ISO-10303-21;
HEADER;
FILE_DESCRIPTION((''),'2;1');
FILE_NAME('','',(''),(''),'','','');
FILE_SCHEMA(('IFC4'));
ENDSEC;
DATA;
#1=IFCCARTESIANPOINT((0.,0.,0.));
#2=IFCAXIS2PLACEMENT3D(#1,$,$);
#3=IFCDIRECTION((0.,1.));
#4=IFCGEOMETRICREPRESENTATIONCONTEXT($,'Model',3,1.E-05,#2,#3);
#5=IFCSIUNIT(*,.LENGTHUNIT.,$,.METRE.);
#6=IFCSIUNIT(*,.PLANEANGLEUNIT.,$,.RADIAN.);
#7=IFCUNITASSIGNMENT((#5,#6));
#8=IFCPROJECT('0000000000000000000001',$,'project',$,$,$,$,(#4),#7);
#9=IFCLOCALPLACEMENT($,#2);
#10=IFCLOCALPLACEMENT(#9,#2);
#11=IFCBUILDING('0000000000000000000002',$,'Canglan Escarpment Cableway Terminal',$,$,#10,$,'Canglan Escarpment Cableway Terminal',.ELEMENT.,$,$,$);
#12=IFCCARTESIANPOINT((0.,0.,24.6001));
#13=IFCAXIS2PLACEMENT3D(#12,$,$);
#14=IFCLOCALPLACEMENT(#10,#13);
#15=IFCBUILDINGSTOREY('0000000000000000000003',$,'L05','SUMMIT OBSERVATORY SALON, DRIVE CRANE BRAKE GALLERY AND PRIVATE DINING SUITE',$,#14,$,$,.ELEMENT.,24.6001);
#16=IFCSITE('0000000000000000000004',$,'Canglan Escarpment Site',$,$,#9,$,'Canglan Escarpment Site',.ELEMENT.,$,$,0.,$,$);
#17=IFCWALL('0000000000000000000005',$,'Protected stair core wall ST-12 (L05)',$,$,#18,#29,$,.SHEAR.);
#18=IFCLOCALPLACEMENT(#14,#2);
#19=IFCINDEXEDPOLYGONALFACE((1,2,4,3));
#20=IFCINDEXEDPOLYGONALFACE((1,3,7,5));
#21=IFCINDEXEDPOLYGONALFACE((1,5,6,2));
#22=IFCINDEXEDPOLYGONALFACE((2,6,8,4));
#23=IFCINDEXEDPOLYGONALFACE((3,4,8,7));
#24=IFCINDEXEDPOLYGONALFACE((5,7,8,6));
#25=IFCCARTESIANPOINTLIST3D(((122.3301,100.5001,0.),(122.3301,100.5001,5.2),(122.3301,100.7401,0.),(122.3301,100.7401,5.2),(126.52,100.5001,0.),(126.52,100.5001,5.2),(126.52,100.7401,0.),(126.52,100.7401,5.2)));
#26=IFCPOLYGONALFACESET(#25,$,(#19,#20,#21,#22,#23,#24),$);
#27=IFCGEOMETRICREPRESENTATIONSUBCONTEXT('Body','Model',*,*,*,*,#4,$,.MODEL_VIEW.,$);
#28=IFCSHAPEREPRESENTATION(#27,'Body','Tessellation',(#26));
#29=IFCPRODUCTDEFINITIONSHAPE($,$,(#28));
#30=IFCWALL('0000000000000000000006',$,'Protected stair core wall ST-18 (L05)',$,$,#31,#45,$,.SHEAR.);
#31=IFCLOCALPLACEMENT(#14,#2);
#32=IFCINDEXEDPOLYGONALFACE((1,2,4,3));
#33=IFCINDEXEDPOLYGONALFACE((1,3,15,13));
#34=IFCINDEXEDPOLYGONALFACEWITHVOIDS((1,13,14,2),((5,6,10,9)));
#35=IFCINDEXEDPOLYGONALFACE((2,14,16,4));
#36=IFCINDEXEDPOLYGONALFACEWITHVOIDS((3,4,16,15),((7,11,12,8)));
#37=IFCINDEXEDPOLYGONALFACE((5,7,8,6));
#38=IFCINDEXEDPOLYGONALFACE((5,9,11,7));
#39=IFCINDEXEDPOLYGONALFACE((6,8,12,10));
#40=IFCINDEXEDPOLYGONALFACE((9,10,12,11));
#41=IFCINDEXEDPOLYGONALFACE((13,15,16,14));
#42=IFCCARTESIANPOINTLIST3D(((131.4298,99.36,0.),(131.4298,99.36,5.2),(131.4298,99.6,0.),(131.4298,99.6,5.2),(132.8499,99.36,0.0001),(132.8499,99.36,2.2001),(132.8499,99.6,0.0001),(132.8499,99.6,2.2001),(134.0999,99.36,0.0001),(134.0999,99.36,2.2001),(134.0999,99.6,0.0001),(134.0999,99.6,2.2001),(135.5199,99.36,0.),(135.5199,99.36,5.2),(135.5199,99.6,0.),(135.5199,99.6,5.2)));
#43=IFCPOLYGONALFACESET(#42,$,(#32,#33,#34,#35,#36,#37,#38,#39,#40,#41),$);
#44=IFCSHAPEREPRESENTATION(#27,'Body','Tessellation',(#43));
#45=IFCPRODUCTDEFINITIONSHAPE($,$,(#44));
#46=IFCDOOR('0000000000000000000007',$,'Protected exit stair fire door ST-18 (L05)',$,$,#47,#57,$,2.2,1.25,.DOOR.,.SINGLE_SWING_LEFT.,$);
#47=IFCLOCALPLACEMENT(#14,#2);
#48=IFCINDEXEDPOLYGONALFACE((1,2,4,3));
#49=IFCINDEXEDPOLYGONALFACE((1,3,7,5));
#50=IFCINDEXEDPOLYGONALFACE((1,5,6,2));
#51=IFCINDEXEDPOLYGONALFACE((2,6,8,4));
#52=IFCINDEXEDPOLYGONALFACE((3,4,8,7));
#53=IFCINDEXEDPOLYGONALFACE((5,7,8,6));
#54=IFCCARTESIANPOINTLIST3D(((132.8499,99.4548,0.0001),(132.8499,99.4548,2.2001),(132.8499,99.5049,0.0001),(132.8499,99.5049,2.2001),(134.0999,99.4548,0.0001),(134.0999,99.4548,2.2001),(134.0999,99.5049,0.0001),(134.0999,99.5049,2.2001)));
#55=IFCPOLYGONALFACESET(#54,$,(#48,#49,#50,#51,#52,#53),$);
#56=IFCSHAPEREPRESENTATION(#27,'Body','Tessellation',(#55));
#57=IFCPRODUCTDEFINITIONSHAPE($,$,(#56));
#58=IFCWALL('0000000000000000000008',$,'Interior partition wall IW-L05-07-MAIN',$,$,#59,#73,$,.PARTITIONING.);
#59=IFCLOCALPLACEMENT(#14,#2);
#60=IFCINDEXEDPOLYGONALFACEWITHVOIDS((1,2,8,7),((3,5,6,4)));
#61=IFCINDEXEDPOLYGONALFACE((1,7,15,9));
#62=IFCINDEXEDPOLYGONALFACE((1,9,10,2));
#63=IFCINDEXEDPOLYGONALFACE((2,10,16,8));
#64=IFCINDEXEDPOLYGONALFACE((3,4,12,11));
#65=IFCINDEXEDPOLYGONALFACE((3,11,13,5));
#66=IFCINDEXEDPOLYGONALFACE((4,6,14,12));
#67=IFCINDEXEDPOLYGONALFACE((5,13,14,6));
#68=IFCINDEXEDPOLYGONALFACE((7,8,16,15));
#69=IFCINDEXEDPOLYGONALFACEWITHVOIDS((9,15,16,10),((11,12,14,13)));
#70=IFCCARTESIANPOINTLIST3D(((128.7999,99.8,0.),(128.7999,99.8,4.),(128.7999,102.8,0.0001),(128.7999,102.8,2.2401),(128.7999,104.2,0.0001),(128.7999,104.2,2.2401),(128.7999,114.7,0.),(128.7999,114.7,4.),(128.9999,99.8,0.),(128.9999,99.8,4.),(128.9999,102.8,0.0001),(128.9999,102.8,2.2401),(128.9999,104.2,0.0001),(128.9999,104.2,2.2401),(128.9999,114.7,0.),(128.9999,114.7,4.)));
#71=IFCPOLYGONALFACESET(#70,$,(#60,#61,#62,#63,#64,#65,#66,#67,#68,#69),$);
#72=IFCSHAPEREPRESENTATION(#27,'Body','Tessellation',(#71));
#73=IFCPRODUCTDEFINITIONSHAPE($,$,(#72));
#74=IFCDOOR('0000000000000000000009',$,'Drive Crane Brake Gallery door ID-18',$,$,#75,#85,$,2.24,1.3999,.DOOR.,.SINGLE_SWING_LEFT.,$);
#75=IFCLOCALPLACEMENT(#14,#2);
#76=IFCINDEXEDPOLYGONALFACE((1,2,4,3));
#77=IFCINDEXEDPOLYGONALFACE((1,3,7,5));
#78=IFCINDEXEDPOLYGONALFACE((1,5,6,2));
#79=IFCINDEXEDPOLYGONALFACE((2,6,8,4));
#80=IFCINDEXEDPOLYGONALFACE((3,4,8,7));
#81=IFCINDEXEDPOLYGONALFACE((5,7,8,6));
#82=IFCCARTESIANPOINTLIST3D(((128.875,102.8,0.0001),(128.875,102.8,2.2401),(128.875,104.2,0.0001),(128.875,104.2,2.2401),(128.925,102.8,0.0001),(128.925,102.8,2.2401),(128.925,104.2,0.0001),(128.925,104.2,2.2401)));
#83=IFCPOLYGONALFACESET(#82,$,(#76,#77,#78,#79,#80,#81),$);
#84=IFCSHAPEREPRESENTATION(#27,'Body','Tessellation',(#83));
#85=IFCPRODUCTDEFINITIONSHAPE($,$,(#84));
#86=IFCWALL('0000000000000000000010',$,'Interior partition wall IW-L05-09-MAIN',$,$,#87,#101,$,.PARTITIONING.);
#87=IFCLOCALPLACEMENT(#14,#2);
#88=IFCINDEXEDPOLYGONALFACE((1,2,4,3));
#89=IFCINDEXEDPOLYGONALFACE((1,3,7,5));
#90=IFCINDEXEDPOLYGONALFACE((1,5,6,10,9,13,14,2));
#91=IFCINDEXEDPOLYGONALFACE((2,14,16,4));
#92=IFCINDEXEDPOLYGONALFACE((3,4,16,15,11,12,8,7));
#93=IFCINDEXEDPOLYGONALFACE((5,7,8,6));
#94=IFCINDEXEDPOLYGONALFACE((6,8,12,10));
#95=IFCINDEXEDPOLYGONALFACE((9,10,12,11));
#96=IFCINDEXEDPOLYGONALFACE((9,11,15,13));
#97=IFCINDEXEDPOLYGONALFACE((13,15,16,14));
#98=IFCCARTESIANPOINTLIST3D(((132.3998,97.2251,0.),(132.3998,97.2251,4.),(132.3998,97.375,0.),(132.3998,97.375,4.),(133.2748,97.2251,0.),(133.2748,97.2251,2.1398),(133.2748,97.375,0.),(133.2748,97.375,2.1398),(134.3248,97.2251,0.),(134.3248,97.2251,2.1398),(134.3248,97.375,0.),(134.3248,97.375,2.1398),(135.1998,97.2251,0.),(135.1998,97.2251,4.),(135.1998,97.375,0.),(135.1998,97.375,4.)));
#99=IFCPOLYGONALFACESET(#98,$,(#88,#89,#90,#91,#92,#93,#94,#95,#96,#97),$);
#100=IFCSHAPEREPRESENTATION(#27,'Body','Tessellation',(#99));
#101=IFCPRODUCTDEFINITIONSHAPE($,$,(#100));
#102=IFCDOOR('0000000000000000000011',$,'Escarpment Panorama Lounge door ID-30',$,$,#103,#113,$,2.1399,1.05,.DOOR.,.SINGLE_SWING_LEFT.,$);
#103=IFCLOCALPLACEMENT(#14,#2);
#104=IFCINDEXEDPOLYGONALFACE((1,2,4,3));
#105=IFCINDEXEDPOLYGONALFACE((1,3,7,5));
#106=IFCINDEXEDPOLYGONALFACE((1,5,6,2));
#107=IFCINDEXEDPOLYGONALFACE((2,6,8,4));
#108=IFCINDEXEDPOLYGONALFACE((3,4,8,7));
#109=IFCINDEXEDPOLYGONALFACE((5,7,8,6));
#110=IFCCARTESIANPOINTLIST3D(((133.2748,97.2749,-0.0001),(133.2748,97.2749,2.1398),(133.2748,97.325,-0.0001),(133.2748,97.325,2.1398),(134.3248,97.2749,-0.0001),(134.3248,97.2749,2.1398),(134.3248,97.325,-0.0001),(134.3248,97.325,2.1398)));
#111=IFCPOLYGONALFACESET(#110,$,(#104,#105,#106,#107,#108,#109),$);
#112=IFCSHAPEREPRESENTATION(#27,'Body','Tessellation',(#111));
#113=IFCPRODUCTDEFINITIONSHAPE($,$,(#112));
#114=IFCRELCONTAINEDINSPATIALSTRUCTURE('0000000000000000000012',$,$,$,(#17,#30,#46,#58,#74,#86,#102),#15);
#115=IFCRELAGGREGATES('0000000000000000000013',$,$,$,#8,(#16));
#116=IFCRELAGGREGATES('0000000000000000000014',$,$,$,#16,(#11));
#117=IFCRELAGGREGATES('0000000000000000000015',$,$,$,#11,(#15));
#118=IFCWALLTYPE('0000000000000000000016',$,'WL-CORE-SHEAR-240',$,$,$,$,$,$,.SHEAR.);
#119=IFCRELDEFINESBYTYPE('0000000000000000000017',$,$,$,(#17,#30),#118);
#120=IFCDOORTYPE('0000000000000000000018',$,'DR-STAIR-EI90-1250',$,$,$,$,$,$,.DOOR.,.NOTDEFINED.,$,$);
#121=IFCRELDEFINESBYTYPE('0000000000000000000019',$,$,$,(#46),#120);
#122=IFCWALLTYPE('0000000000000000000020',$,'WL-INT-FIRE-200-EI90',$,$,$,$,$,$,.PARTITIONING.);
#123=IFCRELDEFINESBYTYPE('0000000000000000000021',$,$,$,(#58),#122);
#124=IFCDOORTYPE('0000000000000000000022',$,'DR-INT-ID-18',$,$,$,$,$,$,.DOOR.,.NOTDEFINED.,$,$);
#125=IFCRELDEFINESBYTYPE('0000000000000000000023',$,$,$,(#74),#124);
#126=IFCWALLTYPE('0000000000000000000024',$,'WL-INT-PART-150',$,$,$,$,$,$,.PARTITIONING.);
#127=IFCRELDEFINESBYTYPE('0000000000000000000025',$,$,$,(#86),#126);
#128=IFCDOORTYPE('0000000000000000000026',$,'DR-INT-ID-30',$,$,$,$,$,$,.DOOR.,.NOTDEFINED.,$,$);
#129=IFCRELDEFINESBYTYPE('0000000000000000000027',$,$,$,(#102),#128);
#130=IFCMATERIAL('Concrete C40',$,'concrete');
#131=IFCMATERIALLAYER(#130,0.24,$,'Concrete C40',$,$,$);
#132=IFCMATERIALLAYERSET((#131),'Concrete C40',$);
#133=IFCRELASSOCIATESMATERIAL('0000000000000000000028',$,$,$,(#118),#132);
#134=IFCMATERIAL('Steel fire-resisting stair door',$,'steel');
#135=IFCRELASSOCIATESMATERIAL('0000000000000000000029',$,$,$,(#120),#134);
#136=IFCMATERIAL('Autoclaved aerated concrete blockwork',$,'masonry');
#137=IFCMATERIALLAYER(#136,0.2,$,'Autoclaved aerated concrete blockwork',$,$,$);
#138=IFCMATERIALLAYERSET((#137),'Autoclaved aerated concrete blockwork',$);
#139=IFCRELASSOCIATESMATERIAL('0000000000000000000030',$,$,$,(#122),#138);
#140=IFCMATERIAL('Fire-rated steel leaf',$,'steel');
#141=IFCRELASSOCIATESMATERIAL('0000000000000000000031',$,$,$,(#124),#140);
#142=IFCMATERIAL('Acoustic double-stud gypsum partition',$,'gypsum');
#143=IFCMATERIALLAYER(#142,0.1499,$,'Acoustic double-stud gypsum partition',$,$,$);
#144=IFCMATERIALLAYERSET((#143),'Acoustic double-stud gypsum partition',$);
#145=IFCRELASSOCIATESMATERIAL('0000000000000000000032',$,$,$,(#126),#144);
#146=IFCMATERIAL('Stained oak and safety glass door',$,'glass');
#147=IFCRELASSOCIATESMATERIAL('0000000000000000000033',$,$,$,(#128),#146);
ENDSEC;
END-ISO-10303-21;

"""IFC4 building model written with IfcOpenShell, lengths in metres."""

from ifc_helpers import new_model, si_unit, direction, frame, frame_2d, origin, place, context, subcontext, project, spatial, rectangle, extrude, material, layer, layer_set, type_object, element, fill, save


model = new_model("IFC4")

# Units and contexts
model_context = context("Model", 3, precision=1e-05, world=origin(), true_north=direction((0.0, 1.0)))
body_context = subcontext(model_context, "Body", "Model", "MODEL_VIEW")
ifc_project = project(units=[si_unit("LENGTHUNIT", "METRE"), si_unit("PLANEANGLEUNIT", "RADIAN")], contexts=[model_context])

# Site, building, storey
site_placement = place(None, origin())
site = spatial("IfcSite", under=ifc_project, at=site_placement, Name="Canglan Escarpment Site", LongName="Canglan Escarpment Site", CompositionType="ELEMENT", RefElevation=0.0)
building_placement = place(site_placement, origin())
building = spatial("IfcBuilding", under=site, at=building_placement, Name="Canglan Escarpment Cableway Terminal", LongName="Canglan Escarpment Cableway Terminal", CompositionType="ELEMENT")
storey_placement = place(building_placement, frame((0.0, 0.0, 24.6001)))
storey = spatial("IfcBuildingStorey", under=building, at=storey_placement, Name="L05", Description="SUMMIT OBSERVATORY SALON, DRIVE CRANE BRAKE GALLERY AND PRIVATE DINING SUITE", CompositionType="ELEMENT", Elevation=24.6001)

# Wall
ifc_material_1 = material(Name="Concrete C40", Category="concrete")
ifc_layer_1 = layer(ifc_material_1, 0.24, Name="Concrete C40")
ifc_layer_set_1 = layer_set([ifc_layer_1], Name="Concrete C40")
wall_type_1 = type_object("IfcWallType", Name="WL-CORE-SHEAR-240", PredefinedType="SHEAR", material=ifc_layer_set_1)
wall_1_placement = place(storey_placement, frame((126.52, 100.6201, 0.0), z_axis=(0.0, 0.0, 1.0), x_axis=(-1.0, 0.0, 0.0)))
element("IfcWall", 1, at=wall_1_placement, inside=storey, type_object=wall_type_1, Name="Protected stair core wall ST-12 (L05)", PredefinedType="SHEAR", context=body_context, shape_type="SweptSolid", body=[
    extrude(rectangle(XDim=4.1899, YDim=0.24, at=frame_2d((2.095, 0.0))), origin(), (0.0, 0.0, 1.0), 5.2),
])

# Walls, openings, doors
wall_2_placement = place(storey_placement, frame((131.4299, 99.48, 0.0), z_axis=(0.0, 0.0, 1.0), x_axis=(1.0, 0.0, 0.0)))
wall_2 = element("IfcWall", 2, at=wall_2_placement, inside=storey, type_object=wall_type_1, Name="Protected stair core wall ST-18 (L05)", PredefinedType="SHEAR", context=body_context, shape_type="SweptSolid", body=[
    extrude(rectangle(XDim=4.0901, YDim=0.24, at=frame_2d((2.0449, 0.0))), origin(), (0.0, 0.0, 1.0), 5.2),
])
opening_1_placement = place(wall_2_placement, frame((1.4199, 0.0, 0.0)))
opening_1 = element("IfcOpeningElement", 3, at=opening_1_placement, cuts=wall_2, PredefinedType="OPENING", context=body_context, shape_type="SweptSolid", body=[
    extrude(rectangle(XDim=1.25, YDim=2.2, at=frame_2d((0.625, 1.1001))), frame((0.0, 0.1299, 0.0), z_axis=(0.0, -1.0, 0.0), x_axis=(1.0, 0.0, 0.0)), (0.0, 0.0, 1.0), 0.26),
])
ifc_material_2 = material(Name="Steel fire-resisting stair door", Category="steel")
door_type_1 = type_object("IfcDoorType", Name="DR-STAIR-EI90-1250", OperationType="NOTDEFINED", PredefinedType="DOOR", material=ifc_material_2)
door_1_placement = place(opening_1_placement, origin())
door_1 = element("IfcDoor", 4, at=door_1_placement, inside=storey, type_object=door_type_1, Name="Protected exit stair fire door ST-18 (L05)", OperationType="SINGLE_SWING_LEFT", OverallHeight=2.2, OverallWidth=1.25, PredefinedType="DOOR", context=body_context, shape_type="SweptSolid", body=[
    extrude(rectangle(XDim=1.25, YDim=2.2, at=frame_2d((0.625, 1.1001))), frame((0.0, 0.0249, 0.0), z_axis=(0.0, -1.0, 0.0), x_axis=(1.0, 0.0, 0.0)), (0.0, 0.0, 1.0), 0.05),
])
fill(opening_1, door_1)
ifc_material_3 = material(Name="Autoclaved aerated concrete blockwork", Category="masonry")
ifc_layer_2 = layer(ifc_material_3, 0.2, Name="Autoclaved aerated concrete blockwork")
ifc_layer_set_2 = layer_set([ifc_layer_2], Name="Autoclaved aerated concrete blockwork")
wall_type_2 = type_object("IfcWallType", Name="WL-INT-FIRE-200-EI90", PredefinedType="PARTITIONING", material=ifc_layer_set_2)
wall_3_placement = place(storey_placement, frame((128.8999, 99.8, 0.0), z_axis=(0.0, 0.0, 1.0), x_axis=(0.0, 1.0, 0.0)))
wall_3 = element("IfcWall", 5, at=wall_3_placement, inside=storey, type_object=wall_type_2, Name="Interior partition wall IW-L05-07-MAIN", PredefinedType="PARTITIONING", context=body_context, shape_type="SweptSolid", body=[
    extrude(rectangle(XDim=14.8999, YDim=0.2, at=frame_2d((7.45, 0.0))), origin(), (0.0, 0.0, 1.0), 4.0),
])
opening_2_placement = place(wall_3_placement, frame((3.0, 0.0, 0.0)))
opening_2 = element("IfcOpeningElement", 6, at=opening_2_placement, cuts=wall_3, PredefinedType="OPENING", context=body_context, shape_type="SweptSolid", body=[
    extrude(rectangle(XDim=1.3999, YDim=2.24, at=frame_2d((0.7, 1.1201))), frame((0.0, 0.1099, 0.0), z_axis=(0.0, -1.0, 0.0), x_axis=(1.0, 0.0, 0.0)), (0.0, 0.0, 1.0), 0.22),
])
ifc_material_4 = material(Name="Fire-rated steel leaf", Category="steel")
door_type_2 = type_object("IfcDoorType", Name="DR-INT-ID-18", OperationType="NOTDEFINED", PredefinedType="DOOR", material=ifc_material_4)
door_2_placement = place(opening_2_placement, origin())
door_2 = element("IfcDoor", 7, at=door_2_placement, inside=storey, type_object=door_type_2, Name="Drive Crane Brake Gallery door ID-18", OperationType="SINGLE_SWING_LEFT", OverallHeight=2.24, OverallWidth=1.3999, PredefinedType="DOOR", context=body_context, shape_type="SweptSolid", body=[
    extrude(rectangle(XDim=1.3999, YDim=2.24, at=frame_2d((0.7, 1.1201))), frame((0.0, 0.0249, 0.0), z_axis=(0.0, -1.0, 0.0), x_axis=(1.0, 0.0, 0.0)), (0.0, 0.0, 1.0), 0.05),
])
fill(opening_2, door_2)
ifc_material_5 = material(Name="Acoustic double-stud gypsum partition", Category="gypsum")
ifc_layer_3 = layer(ifc_material_5, 0.1499, Name="Acoustic double-stud gypsum partition")
ifc_layer_set_3 = layer_set([ifc_layer_3], Name="Acoustic double-stud gypsum partition")
wall_type_3 = type_object("IfcWallType", Name="WL-INT-PART-150", PredefinedType="PARTITIONING", material=ifc_layer_set_3)
wall_4_placement = place(storey_placement, frame((132.3999, 97.3, 0.0), z_axis=(0.0, 0.0, 1.0), x_axis=(1.0, 0.0, 0.0)))
wall_4 = element("IfcWall", 8, at=wall_4_placement, inside=storey, type_object=wall_type_3, Name="Interior partition wall IW-L05-09-MAIN", PredefinedType="PARTITIONING", context=body_context, shape_type="SweptSolid", body=[
    extrude(rectangle(XDim=2.8, YDim=0.1499, at=frame_2d((1.3999, 0.0))), origin(), (0.0, 0.0, 1.0), 4.0),
])
opening_3_placement = place(wall_4_placement, frame((0.875, 0.0, 0.0)))
opening_3 = element("IfcOpeningElement", 9, at=opening_3_placement, cuts=wall_4, PredefinedType="OPENING", context=body_context, shape_type="SweptSolid", body=[
    extrude(rectangle(XDim=1.05, YDim=2.1399, at=frame_2d((0.5249, 1.0698))), frame((0.0, 0.085, 0.0), z_axis=(0.0, -1.0, 0.0), x_axis=(1.0, 0.0, 0.0)), (0.0, 0.0, 1.0), 0.1699),
])
ifc_material_6 = material(Name="Stained oak and safety glass door", Category="glass")
door_type_3 = type_object("IfcDoorType", Name="DR-INT-ID-30", OperationType="NOTDEFINED", PredefinedType="DOOR", material=ifc_material_6)
door_3_placement = place(opening_3_placement, origin())
door_3 = element("IfcDoor", 10, at=door_3_placement, inside=storey, type_object=door_type_3, Name="Escarpment Panorama Lounge door ID-30", OperationType="SINGLE_SWING_LEFT", OverallHeight=2.1399, OverallWidth=1.05, PredefinedType="DOOR", context=body_context, shape_type="SweptSolid", body=[
    extrude(rectangle(XDim=1.05, YDim=2.1399, at=frame_2d((0.5249, 1.0698))), frame((0.0, 0.0249, 0.0), z_axis=(0.0, -1.0, 0.0), x_axis=(1.0, 0.0, 0.0)), (0.0, 0.0, 1.0), 0.05),
])
fill(opening_3, door_3)

save(model, "model.ifc")
